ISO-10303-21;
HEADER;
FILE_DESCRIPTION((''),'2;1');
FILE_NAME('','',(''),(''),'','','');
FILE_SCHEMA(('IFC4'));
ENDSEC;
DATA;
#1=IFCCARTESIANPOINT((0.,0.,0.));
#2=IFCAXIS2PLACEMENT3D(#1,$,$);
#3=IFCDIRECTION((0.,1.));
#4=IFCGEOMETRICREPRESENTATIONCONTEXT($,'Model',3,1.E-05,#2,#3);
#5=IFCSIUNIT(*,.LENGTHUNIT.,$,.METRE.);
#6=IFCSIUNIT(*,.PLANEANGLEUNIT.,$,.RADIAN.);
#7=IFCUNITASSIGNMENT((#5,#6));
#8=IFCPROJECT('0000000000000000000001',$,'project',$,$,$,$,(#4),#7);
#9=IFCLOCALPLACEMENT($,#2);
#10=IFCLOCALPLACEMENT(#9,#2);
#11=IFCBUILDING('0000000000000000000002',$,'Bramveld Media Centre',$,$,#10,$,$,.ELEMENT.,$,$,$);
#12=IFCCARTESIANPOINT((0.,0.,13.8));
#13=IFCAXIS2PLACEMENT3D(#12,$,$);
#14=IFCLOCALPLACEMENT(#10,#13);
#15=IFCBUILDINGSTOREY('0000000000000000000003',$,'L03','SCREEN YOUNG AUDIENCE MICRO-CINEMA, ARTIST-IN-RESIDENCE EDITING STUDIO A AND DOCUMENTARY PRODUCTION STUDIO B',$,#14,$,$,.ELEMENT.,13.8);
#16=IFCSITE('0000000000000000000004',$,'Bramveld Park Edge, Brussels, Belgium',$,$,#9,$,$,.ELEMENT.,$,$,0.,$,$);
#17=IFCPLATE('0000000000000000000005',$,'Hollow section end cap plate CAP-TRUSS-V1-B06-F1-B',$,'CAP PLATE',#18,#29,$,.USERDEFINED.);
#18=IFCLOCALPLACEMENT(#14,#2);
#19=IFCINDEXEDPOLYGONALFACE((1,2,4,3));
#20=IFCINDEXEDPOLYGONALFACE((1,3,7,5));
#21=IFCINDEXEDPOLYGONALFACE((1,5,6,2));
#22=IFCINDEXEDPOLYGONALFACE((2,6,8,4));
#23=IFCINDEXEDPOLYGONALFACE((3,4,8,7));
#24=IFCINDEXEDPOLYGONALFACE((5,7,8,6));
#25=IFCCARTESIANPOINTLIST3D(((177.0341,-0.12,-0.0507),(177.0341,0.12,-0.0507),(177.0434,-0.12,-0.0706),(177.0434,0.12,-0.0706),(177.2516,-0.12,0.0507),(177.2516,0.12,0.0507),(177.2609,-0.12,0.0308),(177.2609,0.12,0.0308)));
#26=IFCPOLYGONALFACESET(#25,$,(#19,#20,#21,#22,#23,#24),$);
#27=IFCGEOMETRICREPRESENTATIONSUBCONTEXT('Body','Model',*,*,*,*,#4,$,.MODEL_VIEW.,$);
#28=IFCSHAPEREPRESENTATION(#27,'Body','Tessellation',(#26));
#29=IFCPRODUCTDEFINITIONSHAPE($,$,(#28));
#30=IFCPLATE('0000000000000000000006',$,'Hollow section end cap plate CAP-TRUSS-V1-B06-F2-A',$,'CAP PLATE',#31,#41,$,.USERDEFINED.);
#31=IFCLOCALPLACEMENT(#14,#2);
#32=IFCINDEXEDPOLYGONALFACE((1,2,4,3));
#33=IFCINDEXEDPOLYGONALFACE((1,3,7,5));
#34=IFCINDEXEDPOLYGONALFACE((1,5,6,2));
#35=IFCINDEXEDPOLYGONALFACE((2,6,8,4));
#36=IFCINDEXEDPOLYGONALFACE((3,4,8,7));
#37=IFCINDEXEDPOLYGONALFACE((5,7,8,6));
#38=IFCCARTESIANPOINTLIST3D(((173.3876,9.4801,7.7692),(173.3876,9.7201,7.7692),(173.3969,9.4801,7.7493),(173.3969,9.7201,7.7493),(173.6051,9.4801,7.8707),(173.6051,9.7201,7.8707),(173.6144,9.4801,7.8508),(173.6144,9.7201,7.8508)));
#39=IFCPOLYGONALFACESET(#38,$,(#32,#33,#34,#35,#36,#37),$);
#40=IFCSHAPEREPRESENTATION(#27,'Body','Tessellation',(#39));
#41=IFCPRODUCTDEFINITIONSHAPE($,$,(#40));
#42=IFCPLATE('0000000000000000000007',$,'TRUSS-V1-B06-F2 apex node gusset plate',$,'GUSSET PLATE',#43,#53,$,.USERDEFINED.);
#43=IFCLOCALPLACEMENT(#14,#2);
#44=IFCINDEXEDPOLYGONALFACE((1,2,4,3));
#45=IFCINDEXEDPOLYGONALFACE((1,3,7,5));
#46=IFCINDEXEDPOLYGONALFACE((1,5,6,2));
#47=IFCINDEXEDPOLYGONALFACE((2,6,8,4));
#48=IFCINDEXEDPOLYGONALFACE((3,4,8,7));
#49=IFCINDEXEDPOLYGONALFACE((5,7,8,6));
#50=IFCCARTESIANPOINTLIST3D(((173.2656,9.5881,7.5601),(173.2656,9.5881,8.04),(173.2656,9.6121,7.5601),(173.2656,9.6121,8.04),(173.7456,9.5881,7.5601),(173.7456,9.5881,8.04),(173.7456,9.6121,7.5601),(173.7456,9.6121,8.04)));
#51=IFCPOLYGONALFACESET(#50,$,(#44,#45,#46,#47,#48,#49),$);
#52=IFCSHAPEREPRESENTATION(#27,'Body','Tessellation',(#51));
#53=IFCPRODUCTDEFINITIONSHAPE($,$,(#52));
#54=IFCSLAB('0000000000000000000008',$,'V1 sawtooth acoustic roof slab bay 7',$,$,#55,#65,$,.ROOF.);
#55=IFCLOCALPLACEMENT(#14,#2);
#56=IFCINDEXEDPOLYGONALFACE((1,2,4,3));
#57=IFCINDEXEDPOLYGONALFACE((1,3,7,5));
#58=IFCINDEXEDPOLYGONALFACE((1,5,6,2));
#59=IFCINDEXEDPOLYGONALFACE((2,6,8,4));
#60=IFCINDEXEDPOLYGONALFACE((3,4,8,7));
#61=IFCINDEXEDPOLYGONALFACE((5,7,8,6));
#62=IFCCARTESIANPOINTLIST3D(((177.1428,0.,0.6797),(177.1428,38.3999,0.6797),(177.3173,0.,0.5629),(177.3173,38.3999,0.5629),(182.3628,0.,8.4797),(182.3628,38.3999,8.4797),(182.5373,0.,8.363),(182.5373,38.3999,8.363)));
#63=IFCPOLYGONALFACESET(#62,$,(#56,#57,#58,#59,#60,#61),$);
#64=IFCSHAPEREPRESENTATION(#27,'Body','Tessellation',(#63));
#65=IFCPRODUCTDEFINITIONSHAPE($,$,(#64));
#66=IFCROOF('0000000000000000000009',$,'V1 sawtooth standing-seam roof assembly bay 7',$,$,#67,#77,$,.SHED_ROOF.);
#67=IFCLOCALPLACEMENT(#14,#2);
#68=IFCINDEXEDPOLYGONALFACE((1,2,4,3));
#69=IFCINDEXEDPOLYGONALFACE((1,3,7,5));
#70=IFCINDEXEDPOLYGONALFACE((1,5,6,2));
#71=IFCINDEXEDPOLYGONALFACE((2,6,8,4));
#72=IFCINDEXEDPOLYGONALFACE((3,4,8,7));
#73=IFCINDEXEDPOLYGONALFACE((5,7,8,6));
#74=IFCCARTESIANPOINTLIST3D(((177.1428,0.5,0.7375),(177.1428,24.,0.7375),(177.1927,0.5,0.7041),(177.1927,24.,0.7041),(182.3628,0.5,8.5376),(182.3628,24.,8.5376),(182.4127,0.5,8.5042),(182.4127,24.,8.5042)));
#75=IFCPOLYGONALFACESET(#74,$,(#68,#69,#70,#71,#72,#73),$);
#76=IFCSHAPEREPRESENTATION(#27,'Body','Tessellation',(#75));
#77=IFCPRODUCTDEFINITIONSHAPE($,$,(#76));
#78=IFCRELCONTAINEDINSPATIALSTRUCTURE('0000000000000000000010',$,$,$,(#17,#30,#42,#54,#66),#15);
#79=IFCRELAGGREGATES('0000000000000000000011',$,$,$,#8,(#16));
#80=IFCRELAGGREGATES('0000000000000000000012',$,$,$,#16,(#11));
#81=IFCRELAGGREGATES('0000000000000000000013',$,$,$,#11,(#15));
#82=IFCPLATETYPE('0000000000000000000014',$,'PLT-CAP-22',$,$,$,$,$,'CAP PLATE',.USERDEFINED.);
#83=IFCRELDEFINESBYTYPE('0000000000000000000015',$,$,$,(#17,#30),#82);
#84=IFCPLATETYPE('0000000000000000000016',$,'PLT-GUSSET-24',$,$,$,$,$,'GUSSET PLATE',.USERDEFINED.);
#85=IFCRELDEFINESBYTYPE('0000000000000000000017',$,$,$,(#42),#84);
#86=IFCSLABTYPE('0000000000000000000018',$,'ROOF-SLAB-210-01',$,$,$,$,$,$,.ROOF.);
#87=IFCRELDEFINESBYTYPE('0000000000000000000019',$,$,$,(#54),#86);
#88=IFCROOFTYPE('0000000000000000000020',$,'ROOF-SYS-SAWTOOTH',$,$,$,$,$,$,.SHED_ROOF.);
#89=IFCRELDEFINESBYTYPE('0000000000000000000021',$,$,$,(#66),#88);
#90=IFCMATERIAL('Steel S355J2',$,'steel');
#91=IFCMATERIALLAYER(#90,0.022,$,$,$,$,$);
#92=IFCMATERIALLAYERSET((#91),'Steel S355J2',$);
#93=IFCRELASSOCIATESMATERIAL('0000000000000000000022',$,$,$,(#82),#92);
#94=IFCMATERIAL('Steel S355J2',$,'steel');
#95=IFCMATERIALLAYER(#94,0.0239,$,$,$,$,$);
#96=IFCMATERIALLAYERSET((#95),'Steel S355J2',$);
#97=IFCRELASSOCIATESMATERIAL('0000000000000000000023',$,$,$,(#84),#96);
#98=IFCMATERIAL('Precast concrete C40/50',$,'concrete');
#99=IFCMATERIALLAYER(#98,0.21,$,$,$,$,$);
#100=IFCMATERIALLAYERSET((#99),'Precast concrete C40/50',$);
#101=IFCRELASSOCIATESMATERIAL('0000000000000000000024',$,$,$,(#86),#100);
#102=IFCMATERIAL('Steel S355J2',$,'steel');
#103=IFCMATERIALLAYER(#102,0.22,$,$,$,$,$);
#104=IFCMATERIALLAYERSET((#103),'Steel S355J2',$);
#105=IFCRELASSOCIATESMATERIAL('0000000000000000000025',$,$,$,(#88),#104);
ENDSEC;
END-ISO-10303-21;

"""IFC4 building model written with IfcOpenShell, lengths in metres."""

from ifc_helpers import new_model, si_unit, direction, frame, origin, origin_2d, place, context, subcontext, project, spatial, polyline, rectangle, outline, extrude, material, layer, layer_set, type_object, element, save


model = new_model("IFC4")

# Units and contexts
model_context = context("Model", 3, precision=1e-05, world=origin(), true_north=direction((0.0, 1.0)))
body_context = subcontext(model_context, "Body", "Model", "MODEL_VIEW")
ifc_project = project(units=[si_unit("LENGTHUNIT", "METRE"), si_unit("PLANEANGLEUNIT", "RADIAN")], contexts=[model_context])

# Site, building, storey
site_placement = place(None, origin())
site = spatial("IfcSite", under=ifc_project, at=site_placement, Name="Bramveld Park Edge, Brussels, Belgium", CompositionType="ELEMENT", RefElevation=0.0)
building_placement = place(site_placement, origin())
building = spatial("IfcBuilding", under=site, at=building_placement, Name="Bramveld Media Centre", CompositionType="ELEMENT")
storey_placement = place(building_placement, frame((0.0, 0.0, 13.8)))
storey = spatial("IfcBuildingStorey", under=building, at=storey_placement, Name="L03", Description="SCREEN YOUNG AUDIENCE MICRO-CINEMA, ARTIST-IN-RESIDENCE EDITING STUDIO A AND DOCUMENTARY PRODUCTION STUDIO B", CompositionType="ELEMENT", Elevation=13.8)

# Plates
ifc_material_1 = material(Name="Steel S355J2", Category="steel")
ifc_layer_1 = layer(ifc_material_1, 0.022)
ifc_layer_set_1 = layer_set([ifc_layer_1], Name="Steel S355J2")
plate_type_1 = type_object("IfcPlateType", Name="PLT-CAP-22", ElementType="CAP PLATE", PredefinedType="USERDEFINED", material=ifc_layer_set_1)
for number, where, z_axis, x_axis, name in (
    (1, (177.1428, 0.0, 0.0), (0.422628, 0.0, -0.906303), (0.0, 1.0, 0.0), "Hollow section end cap plate CAP-TRUSS-V1-B06-F1-B"),
    (2, (173.5056, 9.6001, 7.8), (-0.422628, 0.0, 0.906303), (0.0, -1.0, 0.0), "Hollow section end cap plate CAP-TRUSS-V1-B06-F2-A"),
):
    element("IfcPlate", number, at=place(storey_placement, frame(where, z_axis=z_axis, x_axis=x_axis)), inside=storey, type_object=plate_type_1, Name=name, ObjectType="CAP PLATE", PredefinedType="USERDEFINED", context=body_context, shape_type="SweptSolid", body=[
        extrude(rectangle(XDim=0.24, YDim=0.24, at=origin_2d()), origin(), (0.0, 0.0, 1.0), 0.022),
    ])
ifc_material_2 = material(Name="Steel S355J2", Category="steel")
ifc_layer_2 = layer(ifc_material_2, 0.0239)
ifc_layer_set_2 = layer_set([ifc_layer_2], Name="Steel S355J2")
plate_type_2 = type_object("IfcPlateType", Name="PLT-GUSSET-24", ElementType="GUSSET PLATE", PredefinedType="USERDEFINED", material=ifc_layer_set_2)
plate_1_placement = place(storey_placement, frame((173.5056, 9.6001, 7.5601), z_axis=(0.0, 0.0, 1.0), x_axis=(1.0, 0.0, 0.0)))
element("IfcPlate", 3, at=plate_1_placement, inside=storey, type_object=plate_type_2, Name="TRUSS-V1-B06-F2 apex node gusset plate", ObjectType="GUSSET PLATE", PredefinedType="USERDEFINED", context=body_context, shape_type="SweptSolid", body=[
    extrude(rectangle(XDim=0.48, YDim=0.0239, at=origin_2d()), origin(), (0.0, 0.0, 1.0), 0.48),
])

# Slab
ifc_material_3 = material(Name="Precast concrete C40/50", Category="concrete")
ifc_layer_3 = layer(ifc_material_3, 0.21)
ifc_layer_set_3 = layer_set([ifc_layer_3], Name="Precast concrete C40/50")
slab_type = type_object("IfcSlabType", Name="ROOF-SLAB-210-01", PredefinedType="ROOF", material=ifc_layer_set_3)
slab_placement = place(storey_placement, frame((177.1428, 0.0, 0.6797), z_axis=(-0.831069, 0.0, 0.55617), x_axis=(0.55617, 0.0, 0.831069)))
element("IfcSlab", 4, at=slab_placement, inside=storey, type_object=slab_type, Name="V1 sawtooth acoustic roof slab bay 7", PredefinedType="ROOF", context=body_context, shape_type="SweptSolid", body=[
    extrude(outline(polyline([(0.0, 0.0), (9.3856, 0.0), (9.3856, 38.3999), (0.0, 38.3999), (0.0, 0.0)])), origin(), (0.0, 0.0, -1.0), 0.21),
])

# Roof
ifc_material_4 = material(Name="Steel S355J2", Category="steel")
ifc_layer_4 = layer(ifc_material_4, 0.22)
ifc_layer_set_4 = layer_set([ifc_layer_4], Name="Steel S355J2")
roof_type = type_object("IfcRoofType", Name="ROOF-SYS-SAWTOOTH", PredefinedType="SHED_ROOF", material=ifc_layer_set_4)
roof_placement = place(storey_placement, frame((177.1428, 0.5, 0.7375), z_axis=(-0.831069, 0.0, 0.55617), x_axis=(0.55617, 0.0, 0.831069)))
element("IfcRoof", 5, at=roof_placement, inside=storey, type_object=roof_type, Name="V1 sawtooth standing-seam roof assembly bay 7", PredefinedType="SHED_ROOF", context=body_context, shape_type="SweptSolid", body=[
    extrude(outline(polyline([(0.0, 0.0), (9.3856, 0.0), (9.3856, 23.5), (0.0, 23.5), (0.0, 0.0)])), origin(), (0.0, 0.0, -1.0), 0.0601),
])

save(model, "model.ifc")
